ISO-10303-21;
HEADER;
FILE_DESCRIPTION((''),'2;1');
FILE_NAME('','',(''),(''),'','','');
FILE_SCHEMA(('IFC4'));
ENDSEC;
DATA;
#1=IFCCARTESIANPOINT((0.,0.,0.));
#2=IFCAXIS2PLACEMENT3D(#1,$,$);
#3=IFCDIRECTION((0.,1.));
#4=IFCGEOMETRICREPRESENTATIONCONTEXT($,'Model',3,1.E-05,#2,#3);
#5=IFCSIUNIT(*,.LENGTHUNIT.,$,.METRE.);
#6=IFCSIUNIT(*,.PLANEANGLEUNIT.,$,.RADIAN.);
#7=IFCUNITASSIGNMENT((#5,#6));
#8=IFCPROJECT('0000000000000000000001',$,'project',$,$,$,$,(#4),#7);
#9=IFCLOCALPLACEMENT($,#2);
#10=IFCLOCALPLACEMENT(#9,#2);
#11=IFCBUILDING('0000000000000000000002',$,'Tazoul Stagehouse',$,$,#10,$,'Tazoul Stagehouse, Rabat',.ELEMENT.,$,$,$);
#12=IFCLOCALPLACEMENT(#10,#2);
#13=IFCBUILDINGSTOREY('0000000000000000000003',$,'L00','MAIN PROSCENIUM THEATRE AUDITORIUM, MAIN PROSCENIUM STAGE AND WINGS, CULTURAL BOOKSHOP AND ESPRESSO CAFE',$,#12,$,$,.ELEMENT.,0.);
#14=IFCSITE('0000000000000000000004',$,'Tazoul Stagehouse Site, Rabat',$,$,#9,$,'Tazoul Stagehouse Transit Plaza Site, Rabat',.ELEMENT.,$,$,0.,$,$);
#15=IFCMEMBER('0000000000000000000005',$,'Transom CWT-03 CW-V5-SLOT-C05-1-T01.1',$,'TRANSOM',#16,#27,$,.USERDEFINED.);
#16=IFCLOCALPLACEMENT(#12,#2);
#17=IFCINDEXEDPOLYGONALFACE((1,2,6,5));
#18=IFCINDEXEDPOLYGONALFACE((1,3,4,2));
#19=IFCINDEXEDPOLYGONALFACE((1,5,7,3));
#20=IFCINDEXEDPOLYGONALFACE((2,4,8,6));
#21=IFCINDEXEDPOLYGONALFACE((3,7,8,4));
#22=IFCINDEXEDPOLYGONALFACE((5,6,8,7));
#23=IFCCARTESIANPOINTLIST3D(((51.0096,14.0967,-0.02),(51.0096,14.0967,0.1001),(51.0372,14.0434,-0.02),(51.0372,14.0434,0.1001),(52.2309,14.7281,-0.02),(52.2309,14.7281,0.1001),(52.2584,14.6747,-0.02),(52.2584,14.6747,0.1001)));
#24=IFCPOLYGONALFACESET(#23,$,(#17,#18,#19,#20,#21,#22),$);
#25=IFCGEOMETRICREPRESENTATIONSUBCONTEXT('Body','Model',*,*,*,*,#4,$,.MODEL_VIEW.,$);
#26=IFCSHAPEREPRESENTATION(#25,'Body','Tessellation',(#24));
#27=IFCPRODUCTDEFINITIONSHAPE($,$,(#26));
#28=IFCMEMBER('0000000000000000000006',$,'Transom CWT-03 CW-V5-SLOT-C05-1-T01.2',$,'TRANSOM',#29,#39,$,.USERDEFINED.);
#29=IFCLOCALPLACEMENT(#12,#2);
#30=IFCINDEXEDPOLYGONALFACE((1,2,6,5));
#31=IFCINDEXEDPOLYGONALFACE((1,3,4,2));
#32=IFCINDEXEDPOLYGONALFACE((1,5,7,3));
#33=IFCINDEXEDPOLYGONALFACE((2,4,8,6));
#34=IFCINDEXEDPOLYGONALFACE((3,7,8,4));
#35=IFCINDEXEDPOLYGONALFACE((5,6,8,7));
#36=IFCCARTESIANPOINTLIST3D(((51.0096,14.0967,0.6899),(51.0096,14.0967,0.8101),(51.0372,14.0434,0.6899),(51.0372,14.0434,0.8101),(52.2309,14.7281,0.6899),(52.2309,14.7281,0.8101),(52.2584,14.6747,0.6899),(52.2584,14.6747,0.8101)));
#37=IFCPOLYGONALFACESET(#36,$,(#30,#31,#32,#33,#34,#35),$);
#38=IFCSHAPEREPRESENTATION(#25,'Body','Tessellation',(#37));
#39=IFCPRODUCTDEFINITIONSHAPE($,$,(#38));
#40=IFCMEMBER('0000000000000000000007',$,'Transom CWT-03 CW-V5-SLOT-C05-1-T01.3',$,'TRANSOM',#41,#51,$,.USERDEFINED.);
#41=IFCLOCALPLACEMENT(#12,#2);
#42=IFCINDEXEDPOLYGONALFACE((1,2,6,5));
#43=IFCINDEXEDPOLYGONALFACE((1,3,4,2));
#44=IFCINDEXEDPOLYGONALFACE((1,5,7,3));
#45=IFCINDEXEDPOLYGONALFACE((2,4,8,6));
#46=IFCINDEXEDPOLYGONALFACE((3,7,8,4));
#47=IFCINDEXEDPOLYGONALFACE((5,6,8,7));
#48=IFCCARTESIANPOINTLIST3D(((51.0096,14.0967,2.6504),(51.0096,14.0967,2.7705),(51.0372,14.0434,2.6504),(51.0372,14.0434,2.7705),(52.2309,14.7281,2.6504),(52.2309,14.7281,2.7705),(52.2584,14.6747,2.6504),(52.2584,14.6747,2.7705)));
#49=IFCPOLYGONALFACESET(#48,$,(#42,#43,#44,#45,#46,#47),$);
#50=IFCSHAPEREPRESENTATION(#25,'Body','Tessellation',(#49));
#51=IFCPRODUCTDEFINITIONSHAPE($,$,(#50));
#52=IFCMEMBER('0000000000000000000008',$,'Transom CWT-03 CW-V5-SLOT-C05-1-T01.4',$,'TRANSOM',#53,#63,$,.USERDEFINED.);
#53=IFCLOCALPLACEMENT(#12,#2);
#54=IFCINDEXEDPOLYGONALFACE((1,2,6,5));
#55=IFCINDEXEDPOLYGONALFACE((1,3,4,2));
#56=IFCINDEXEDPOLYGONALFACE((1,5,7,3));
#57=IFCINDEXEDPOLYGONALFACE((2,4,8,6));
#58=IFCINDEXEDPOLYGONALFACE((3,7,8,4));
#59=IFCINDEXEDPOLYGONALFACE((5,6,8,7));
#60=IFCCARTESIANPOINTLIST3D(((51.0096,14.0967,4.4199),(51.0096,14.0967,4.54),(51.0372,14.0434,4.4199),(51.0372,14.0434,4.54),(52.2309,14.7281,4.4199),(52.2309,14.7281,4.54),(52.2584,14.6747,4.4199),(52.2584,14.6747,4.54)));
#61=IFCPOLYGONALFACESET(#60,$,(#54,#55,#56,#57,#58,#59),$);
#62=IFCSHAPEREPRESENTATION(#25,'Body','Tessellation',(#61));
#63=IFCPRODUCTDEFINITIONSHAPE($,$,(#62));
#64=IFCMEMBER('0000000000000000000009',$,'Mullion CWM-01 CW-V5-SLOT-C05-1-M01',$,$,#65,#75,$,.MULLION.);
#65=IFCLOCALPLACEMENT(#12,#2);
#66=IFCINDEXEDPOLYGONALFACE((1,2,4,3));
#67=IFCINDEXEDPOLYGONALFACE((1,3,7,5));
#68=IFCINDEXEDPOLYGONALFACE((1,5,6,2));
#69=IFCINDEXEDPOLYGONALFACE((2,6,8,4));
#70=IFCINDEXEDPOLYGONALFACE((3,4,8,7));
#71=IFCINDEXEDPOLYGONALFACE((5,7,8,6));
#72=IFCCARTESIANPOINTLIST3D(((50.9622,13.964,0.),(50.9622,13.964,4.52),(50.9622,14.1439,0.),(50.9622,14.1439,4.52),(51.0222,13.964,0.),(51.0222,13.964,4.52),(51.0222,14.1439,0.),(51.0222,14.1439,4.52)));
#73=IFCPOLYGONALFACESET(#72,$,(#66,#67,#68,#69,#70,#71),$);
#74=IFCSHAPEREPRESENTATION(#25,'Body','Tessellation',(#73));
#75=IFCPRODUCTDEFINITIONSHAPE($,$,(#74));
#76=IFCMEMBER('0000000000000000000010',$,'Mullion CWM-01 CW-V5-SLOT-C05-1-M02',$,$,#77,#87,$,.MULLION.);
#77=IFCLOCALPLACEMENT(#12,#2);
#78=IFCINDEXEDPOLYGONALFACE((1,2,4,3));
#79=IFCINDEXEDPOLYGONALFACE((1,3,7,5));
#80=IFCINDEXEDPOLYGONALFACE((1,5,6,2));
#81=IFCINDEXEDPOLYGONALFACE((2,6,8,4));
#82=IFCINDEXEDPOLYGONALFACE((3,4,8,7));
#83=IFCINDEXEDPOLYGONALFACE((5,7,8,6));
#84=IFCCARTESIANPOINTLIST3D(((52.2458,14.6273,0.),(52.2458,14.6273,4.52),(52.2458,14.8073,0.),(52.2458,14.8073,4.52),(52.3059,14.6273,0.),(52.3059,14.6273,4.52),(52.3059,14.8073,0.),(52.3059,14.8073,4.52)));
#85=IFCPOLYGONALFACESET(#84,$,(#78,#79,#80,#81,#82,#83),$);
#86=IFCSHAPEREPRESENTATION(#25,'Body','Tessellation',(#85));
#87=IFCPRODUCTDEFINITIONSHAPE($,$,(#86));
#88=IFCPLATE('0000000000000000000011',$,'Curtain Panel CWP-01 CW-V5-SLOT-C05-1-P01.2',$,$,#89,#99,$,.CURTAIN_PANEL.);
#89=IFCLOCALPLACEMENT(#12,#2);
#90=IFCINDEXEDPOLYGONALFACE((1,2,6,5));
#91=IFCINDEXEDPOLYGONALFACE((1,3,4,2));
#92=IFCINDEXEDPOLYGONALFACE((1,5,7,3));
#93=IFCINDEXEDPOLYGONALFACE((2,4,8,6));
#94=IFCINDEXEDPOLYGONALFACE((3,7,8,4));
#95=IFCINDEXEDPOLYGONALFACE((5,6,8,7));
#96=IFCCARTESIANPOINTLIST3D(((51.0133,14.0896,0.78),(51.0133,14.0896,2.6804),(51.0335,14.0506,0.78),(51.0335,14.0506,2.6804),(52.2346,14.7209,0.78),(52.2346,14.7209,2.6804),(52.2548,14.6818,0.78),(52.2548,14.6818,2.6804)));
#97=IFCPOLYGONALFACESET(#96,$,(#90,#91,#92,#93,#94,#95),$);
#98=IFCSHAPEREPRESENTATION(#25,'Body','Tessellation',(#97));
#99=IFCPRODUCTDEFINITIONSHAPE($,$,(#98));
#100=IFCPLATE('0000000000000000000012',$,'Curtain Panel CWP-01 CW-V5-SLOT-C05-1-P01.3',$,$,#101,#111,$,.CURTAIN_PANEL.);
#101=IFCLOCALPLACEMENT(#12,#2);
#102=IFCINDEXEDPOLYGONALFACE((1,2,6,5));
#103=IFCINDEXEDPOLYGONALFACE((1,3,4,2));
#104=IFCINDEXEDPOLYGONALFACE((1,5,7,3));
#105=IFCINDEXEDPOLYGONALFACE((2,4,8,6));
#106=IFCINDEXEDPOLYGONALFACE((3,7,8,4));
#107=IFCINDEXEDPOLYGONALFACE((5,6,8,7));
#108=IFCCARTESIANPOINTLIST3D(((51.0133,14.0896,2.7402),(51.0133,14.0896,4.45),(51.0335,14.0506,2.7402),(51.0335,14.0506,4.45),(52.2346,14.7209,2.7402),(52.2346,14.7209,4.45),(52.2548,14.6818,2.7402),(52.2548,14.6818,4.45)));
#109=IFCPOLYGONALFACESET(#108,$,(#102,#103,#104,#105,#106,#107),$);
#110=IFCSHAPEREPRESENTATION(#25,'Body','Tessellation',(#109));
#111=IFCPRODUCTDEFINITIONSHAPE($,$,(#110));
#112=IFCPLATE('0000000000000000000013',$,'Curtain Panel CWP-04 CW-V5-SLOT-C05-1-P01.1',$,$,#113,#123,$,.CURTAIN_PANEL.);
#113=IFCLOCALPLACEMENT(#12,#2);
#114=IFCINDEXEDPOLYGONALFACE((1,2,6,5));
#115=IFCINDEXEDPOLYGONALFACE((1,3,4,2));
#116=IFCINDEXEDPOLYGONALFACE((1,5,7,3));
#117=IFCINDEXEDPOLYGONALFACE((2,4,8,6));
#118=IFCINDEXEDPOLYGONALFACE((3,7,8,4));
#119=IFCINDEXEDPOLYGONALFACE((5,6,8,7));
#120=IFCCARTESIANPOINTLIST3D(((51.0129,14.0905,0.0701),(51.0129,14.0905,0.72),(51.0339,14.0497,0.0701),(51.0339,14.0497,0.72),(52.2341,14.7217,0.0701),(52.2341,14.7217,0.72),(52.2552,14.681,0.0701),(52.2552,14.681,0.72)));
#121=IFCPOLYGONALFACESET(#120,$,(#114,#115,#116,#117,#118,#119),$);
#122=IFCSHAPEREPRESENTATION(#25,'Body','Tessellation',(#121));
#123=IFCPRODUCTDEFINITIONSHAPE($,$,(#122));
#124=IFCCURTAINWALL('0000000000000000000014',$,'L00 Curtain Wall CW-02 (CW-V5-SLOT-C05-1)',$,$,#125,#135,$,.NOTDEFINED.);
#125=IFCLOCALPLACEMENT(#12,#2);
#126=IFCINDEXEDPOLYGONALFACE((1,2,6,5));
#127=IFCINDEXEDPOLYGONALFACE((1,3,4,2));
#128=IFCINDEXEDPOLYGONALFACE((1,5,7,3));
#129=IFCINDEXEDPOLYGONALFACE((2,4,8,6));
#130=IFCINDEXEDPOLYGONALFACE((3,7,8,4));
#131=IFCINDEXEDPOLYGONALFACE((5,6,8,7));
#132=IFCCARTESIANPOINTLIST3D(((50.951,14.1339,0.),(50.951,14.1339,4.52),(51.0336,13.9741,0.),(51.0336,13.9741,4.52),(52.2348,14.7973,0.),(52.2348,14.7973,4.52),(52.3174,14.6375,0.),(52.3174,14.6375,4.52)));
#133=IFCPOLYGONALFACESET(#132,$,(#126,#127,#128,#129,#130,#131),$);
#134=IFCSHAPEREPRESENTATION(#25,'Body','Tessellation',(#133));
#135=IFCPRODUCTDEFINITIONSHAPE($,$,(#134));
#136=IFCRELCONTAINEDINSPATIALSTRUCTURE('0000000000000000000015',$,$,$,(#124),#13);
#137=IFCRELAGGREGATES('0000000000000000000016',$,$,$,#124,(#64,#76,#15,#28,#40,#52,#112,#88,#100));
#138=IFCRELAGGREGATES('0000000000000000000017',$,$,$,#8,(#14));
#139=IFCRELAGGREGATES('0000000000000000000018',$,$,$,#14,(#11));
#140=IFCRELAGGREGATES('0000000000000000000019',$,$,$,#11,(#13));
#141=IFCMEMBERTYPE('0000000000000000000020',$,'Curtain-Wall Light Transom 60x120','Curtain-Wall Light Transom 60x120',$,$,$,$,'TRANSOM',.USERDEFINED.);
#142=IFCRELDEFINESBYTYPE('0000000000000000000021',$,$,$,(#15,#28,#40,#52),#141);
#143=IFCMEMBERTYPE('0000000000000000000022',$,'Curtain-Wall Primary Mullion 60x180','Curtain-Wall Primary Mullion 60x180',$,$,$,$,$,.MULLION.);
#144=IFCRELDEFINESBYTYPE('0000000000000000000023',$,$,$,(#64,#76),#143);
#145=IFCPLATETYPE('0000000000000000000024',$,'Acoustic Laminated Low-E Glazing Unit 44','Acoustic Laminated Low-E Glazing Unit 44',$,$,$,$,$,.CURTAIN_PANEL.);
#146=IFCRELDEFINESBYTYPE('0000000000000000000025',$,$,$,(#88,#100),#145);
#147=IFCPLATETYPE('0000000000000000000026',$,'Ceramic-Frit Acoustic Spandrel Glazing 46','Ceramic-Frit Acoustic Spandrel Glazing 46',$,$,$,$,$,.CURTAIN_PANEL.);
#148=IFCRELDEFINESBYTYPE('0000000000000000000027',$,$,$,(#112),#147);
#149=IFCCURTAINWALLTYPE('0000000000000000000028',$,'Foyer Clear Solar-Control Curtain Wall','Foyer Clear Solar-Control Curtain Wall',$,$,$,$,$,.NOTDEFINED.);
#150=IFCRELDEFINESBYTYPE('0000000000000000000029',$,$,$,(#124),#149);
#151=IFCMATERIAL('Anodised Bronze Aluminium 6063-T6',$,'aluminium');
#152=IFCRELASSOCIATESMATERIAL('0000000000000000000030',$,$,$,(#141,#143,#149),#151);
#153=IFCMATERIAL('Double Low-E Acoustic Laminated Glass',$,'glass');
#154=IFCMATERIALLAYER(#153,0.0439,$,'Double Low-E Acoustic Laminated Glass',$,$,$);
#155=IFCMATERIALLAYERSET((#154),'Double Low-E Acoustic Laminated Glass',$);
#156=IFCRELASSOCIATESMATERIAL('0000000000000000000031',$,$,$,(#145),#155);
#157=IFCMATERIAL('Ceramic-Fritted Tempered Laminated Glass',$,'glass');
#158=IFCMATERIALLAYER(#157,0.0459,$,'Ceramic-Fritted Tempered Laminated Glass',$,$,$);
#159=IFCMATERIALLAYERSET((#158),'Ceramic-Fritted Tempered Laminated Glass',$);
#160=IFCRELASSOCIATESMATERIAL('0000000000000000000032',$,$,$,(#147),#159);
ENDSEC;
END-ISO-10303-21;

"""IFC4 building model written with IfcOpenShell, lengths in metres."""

from ifc_helpers import new_model, si_unit, direction, frame, frame_2d, origin, origin_2d, place, context, subcontext, project, spatial, rectangle, extrude, material, layer, layer_set, material_profile, profile_set, type_object, element, aggregate, save


model = new_model("IFC4")

# Units and contexts
model_context = context("Model", 3, precision=1e-05, world=origin(), true_north=direction((0.0, 1.0)))
body_context = subcontext(model_context, "Body", "Model", "MODEL_VIEW")
ifc_project = project(units=[si_unit("LENGTHUNIT", "METRE"), si_unit("PLANEANGLEUNIT", "RADIAN")], contexts=[model_context])

# Members
ifc_material_1 = material(Name="Anodised Bronze Aluminium 6063-T6", Category="aluminium")
ifc_material_profile_1 = material_profile(ifc_material_1, rectangle(XDim=0.0601, YDim=0.1201, at=origin_2d()), Name="ALU TRANSOM 60x120")
ifc_profile_set_1 = profile_set([ifc_material_profile_1], Name="Anodised Bronze Aluminium 6063-T6")
member_type_1 = type_object("IfcMemberType", Name="Curtain-Wall Light Transom 60x120", Description="Curtain-Wall Light Transom 60x120", ElementType="TRANSOM", PredefinedType="USERDEFINED", material=ifc_profile_set_1)
site_placement = place(None, origin())
building_placement = place(site_placement, origin())
storey_placement = place(building_placement, origin())
member_1_placement = place(storey_placement, frame((51.0234, 14.0701, 0.04), z_axis=(0.888308, 0.459249, 0.0), x_axis=(-0.459249, 0.888308, 0.0)))
member_1 = element("IfcMember", 1, at=member_1_placement, type_object=member_type_1, Name="Transom CWT-03 CW-V5-SLOT-C05-1-T01.1", ObjectType="TRANSOM", PredefinedType="USERDEFINED", context=body_context, shape_type="SweptSolid", body=[
    extrude(rectangle(XDim=0.0601, YDim=0.1201, at=origin_2d()), origin(), (0.0, 0.0, 1.0), 1.3748),
])
member_2_placement = place(storey_placement, frame((51.0234, 14.0701, 0.75), z_axis=(0.888308, 0.459249, 0.0), x_axis=(-0.459249, 0.888308, 0.0)))
member_2 = element("IfcMember", 2, at=member_2_placement, type_object=member_type_1, Name="Transom CWT-03 CW-V5-SLOT-C05-1-T01.2", ObjectType="TRANSOM", PredefinedType="USERDEFINED", context=body_context, shape_type="SweptSolid", body=[
    extrude(rectangle(XDim=0.0601, YDim=0.1201, at=origin_2d()), origin(), (0.0, 0.0, 1.0), 1.3748),
])
member_3_placement = place(storey_placement, frame((51.0234, 14.0701, 2.7104), z_axis=(0.888308, 0.459249, 0.0), x_axis=(-0.459249, 0.888308, 0.0)))
member_3 = element("IfcMember", 3, at=member_3_placement, type_object=member_type_1, Name="Transom CWT-03 CW-V5-SLOT-C05-1-T01.3", ObjectType="TRANSOM", PredefinedType="USERDEFINED", context=body_context, shape_type="SweptSolid", body=[
    extrude(rectangle(XDim=0.0601, YDim=0.1201, at=origin_2d()), origin(), (0.0, 0.0, 1.0), 1.3748),
])
member_4_placement = place(storey_placement, frame((51.0234, 14.0701, 4.48), z_axis=(0.888308, 0.459249, 0.0), x_axis=(-0.459249, 0.888308, 0.0)))
member_4 = element("IfcMember", 4, at=member_4_placement, type_object=member_type_1, Name="Transom CWT-03 CW-V5-SLOT-C05-1-T01.4", ObjectType="TRANSOM", PredefinedType="USERDEFINED", context=body_context, shape_type="SweptSolid", body=[
    extrude(rectangle(XDim=0.0601, YDim=0.1201, at=origin_2d()), origin(), (0.0, 0.0, 1.0), 1.3748),
])
ifc_material_profile_2 = material_profile(ifc_material_1, rectangle(XDim=0.0601, YDim=0.1799, at=origin_2d()), Name="ALU MULLION 60x180")
ifc_profile_set_2 = profile_set([ifc_material_profile_2], Name="Anodised Bronze Aluminium 6063-T6")
member_type_2 = type_object("IfcMemberType", Name="Curtain-Wall Primary Mullion 60x180", Description="Curtain-Wall Primary Mullion 60x180", PredefinedType="MULLION", material=ifc_profile_set_2)
member_5_placement = place(storey_placement, frame((50.9922, 14.054, 0.0), z_axis=(0.0, 0.0, 1.0), x_axis=(1.0, 0.0, 0.0)))
member_5 = element("IfcMember", 5, at=member_5_placement, type_object=member_type_2, Name="Mullion CWM-01 CW-V5-SLOT-C05-1-M01", PredefinedType="MULLION", context=body_context, shape_type="SweptSolid", body=[
    extrude(rectangle(XDim=0.0601, YDim=0.1799, at=origin_2d()), origin(), (0.0, 0.0, 1.0), 4.52),
])
member_6_placement = place(storey_placement, frame((52.2759, 14.7173, 0.0), z_axis=(0.0, 0.0, 1.0), x_axis=(1.0, 0.0, 0.0)))
member_6 = element("IfcMember", 6, at=member_6_placement, type_object=member_type_2, Name="Mullion CWM-01 CW-V5-SLOT-C05-1-M02", PredefinedType="MULLION", context=body_context, shape_type="SweptSolid", body=[
    extrude(rectangle(XDim=0.0601, YDim=0.1799, at=origin_2d()), origin(), (0.0, 0.0, 1.0), 4.52),
])

# Plates
ifc_material_2 = material(Name="Double Low-E Acoustic Laminated Glass", Category="glass")
ifc_layer_1 = layer(ifc_material_2, 0.0439, Name="Double Low-E Acoustic Laminated Glass")
ifc_layer_set_1 = layer_set([ifc_layer_1], Name="Double Low-E Acoustic Laminated Glass")
plate_type_1 = type_object("IfcPlateType", Name="Acoustic Laminated Low-E Glazing Unit 44", Description="Acoustic Laminated Low-E Glazing Unit 44", PredefinedType="CURTAIN_PANEL", material=ifc_layer_set_1)
plate_1_placement = place(storey_placement, frame((51.634, 14.3857, 0.78), z_axis=(0.0, 0.0, 1.0), x_axis=(0.888353, 0.459161, 0.0)))
plate_1 = element("IfcPlate", 7, at=plate_1_placement, type_object=plate_type_1, Name="Curtain Panel CWP-01 CW-V5-SLOT-C05-1-P01.2", PredefinedType="CURTAIN_PANEL", context=body_context, shape_type="SweptSolid", body=[
    extrude(rectangle(XDim=1.3748, YDim=0.0439, at=origin_2d()), origin(), (0.0, 0.0, 1.0), 1.9004),
])
plate_2_placement = place(storey_placement, frame((51.634, 14.3857, 2.7402), z_axis=(0.0, 0.0, 1.0), x_axis=(0.888353, 0.459161, 0.0)))
plate_2 = element("IfcPlate", 8, at=plate_2_placement, type_object=plate_type_1, Name="Curtain Panel CWP-01 CW-V5-SLOT-C05-1-P01.3", PredefinedType="CURTAIN_PANEL", context=body_context, shape_type="SweptSolid", body=[
    extrude(rectangle(XDim=1.3748, YDim=0.0439, at=origin_2d()), origin(), (0.0, 0.0, 1.0), 1.7097),
])
ifc_material_3 = material(Name="Ceramic-Fritted Tempered Laminated Glass", Category="glass")
ifc_layer_2 = layer(ifc_material_3, 0.0459, Name="Ceramic-Fritted Tempered Laminated Glass")
ifc_layer_set_2 = layer_set([ifc_layer_2], Name="Ceramic-Fritted Tempered Laminated Glass")
plate_type_2 = type_object("IfcPlateType", Name="Ceramic-Frit Acoustic Spandrel Glazing 46", Description="Ceramic-Frit Acoustic Spandrel Glazing 46", PredefinedType="CURTAIN_PANEL", material=ifc_layer_set_2)
plate_3_placement = place(storey_placement, frame((51.634, 14.3857, 0.0701), z_axis=(0.0, 0.0, 1.0), x_axis=(0.888353, 0.459161, 0.0)))
plate_3 = element("IfcPlate", 9, at=plate_3_placement, type_object=plate_type_2, Name="Curtain Panel CWP-04 CW-V5-SLOT-C05-1-P01.1", PredefinedType="CURTAIN_PANEL", context=body_context, shape_type="SweptSolid", body=[
    extrude(rectangle(XDim=1.3748, YDim=0.0459, at=origin_2d()), origin(), (0.0, 0.0, 1.0), 0.6499),
])

# Site, building, storey
site = spatial("IfcSite", under=ifc_project, at=site_placement, Name="Tazoul Stagehouse Site, Rabat", LongName="Tazoul Stagehouse Transit Plaza Site, Rabat", CompositionType="ELEMENT", RefElevation=0.0)
building = spatial("IfcBuilding", under=site, at=building_placement, Name="Tazoul Stagehouse", LongName="Tazoul Stagehouse, Rabat", CompositionType="ELEMENT")
storey = spatial("IfcBuildingStorey", under=building, at=storey_placement, Name="L00", Description="MAIN PROSCENIUM THEATRE AUDITORIUM, MAIN PROSCENIUM STAGE AND WINGS, CULTURAL BOOKSHOP AND ESPRESSO CAFE", CompositionType="ELEMENT", Elevation=0.0)

# Curtain wall
curtain_wall_type = type_object("IfcCurtainWallType", Name="Foyer Clear Solar-Control Curtain Wall", Description="Foyer Clear Solar-Control Curtain Wall", PredefinedType="NOTDEFINED", material=ifc_material_1)
curtain_wall_1_placement = place(storey_placement, frame((50.9922, 14.054, 0.0), z_axis=(0.0, 0.0, 1.0), x_axis=(0.888401, 0.459069, 0.0)))
curtain_wall_1 = element("IfcCurtainWall", 10, at=curtain_wall_1_placement, inside=storey, type_object=curtain_wall_type, Name="L00 Curtain Wall CW-02 (CW-V5-SLOT-C05-1)", PredefinedType="NOTDEFINED", context=body_context, shape_type="SweptSolid", body=[
    extrude(rectangle(XDim=1.4451, YDim=0.1799, at=frame_2d((0.7227, 0.0))), origin(), (0.0, 0.0, 1.0), 4.52),
])
aggregate(curtain_wall_1, [member_5, member_6, member_1, member_2, member_3, member_4, plate_3, plate_1, plate_2])

save(model, "model.ifc")
